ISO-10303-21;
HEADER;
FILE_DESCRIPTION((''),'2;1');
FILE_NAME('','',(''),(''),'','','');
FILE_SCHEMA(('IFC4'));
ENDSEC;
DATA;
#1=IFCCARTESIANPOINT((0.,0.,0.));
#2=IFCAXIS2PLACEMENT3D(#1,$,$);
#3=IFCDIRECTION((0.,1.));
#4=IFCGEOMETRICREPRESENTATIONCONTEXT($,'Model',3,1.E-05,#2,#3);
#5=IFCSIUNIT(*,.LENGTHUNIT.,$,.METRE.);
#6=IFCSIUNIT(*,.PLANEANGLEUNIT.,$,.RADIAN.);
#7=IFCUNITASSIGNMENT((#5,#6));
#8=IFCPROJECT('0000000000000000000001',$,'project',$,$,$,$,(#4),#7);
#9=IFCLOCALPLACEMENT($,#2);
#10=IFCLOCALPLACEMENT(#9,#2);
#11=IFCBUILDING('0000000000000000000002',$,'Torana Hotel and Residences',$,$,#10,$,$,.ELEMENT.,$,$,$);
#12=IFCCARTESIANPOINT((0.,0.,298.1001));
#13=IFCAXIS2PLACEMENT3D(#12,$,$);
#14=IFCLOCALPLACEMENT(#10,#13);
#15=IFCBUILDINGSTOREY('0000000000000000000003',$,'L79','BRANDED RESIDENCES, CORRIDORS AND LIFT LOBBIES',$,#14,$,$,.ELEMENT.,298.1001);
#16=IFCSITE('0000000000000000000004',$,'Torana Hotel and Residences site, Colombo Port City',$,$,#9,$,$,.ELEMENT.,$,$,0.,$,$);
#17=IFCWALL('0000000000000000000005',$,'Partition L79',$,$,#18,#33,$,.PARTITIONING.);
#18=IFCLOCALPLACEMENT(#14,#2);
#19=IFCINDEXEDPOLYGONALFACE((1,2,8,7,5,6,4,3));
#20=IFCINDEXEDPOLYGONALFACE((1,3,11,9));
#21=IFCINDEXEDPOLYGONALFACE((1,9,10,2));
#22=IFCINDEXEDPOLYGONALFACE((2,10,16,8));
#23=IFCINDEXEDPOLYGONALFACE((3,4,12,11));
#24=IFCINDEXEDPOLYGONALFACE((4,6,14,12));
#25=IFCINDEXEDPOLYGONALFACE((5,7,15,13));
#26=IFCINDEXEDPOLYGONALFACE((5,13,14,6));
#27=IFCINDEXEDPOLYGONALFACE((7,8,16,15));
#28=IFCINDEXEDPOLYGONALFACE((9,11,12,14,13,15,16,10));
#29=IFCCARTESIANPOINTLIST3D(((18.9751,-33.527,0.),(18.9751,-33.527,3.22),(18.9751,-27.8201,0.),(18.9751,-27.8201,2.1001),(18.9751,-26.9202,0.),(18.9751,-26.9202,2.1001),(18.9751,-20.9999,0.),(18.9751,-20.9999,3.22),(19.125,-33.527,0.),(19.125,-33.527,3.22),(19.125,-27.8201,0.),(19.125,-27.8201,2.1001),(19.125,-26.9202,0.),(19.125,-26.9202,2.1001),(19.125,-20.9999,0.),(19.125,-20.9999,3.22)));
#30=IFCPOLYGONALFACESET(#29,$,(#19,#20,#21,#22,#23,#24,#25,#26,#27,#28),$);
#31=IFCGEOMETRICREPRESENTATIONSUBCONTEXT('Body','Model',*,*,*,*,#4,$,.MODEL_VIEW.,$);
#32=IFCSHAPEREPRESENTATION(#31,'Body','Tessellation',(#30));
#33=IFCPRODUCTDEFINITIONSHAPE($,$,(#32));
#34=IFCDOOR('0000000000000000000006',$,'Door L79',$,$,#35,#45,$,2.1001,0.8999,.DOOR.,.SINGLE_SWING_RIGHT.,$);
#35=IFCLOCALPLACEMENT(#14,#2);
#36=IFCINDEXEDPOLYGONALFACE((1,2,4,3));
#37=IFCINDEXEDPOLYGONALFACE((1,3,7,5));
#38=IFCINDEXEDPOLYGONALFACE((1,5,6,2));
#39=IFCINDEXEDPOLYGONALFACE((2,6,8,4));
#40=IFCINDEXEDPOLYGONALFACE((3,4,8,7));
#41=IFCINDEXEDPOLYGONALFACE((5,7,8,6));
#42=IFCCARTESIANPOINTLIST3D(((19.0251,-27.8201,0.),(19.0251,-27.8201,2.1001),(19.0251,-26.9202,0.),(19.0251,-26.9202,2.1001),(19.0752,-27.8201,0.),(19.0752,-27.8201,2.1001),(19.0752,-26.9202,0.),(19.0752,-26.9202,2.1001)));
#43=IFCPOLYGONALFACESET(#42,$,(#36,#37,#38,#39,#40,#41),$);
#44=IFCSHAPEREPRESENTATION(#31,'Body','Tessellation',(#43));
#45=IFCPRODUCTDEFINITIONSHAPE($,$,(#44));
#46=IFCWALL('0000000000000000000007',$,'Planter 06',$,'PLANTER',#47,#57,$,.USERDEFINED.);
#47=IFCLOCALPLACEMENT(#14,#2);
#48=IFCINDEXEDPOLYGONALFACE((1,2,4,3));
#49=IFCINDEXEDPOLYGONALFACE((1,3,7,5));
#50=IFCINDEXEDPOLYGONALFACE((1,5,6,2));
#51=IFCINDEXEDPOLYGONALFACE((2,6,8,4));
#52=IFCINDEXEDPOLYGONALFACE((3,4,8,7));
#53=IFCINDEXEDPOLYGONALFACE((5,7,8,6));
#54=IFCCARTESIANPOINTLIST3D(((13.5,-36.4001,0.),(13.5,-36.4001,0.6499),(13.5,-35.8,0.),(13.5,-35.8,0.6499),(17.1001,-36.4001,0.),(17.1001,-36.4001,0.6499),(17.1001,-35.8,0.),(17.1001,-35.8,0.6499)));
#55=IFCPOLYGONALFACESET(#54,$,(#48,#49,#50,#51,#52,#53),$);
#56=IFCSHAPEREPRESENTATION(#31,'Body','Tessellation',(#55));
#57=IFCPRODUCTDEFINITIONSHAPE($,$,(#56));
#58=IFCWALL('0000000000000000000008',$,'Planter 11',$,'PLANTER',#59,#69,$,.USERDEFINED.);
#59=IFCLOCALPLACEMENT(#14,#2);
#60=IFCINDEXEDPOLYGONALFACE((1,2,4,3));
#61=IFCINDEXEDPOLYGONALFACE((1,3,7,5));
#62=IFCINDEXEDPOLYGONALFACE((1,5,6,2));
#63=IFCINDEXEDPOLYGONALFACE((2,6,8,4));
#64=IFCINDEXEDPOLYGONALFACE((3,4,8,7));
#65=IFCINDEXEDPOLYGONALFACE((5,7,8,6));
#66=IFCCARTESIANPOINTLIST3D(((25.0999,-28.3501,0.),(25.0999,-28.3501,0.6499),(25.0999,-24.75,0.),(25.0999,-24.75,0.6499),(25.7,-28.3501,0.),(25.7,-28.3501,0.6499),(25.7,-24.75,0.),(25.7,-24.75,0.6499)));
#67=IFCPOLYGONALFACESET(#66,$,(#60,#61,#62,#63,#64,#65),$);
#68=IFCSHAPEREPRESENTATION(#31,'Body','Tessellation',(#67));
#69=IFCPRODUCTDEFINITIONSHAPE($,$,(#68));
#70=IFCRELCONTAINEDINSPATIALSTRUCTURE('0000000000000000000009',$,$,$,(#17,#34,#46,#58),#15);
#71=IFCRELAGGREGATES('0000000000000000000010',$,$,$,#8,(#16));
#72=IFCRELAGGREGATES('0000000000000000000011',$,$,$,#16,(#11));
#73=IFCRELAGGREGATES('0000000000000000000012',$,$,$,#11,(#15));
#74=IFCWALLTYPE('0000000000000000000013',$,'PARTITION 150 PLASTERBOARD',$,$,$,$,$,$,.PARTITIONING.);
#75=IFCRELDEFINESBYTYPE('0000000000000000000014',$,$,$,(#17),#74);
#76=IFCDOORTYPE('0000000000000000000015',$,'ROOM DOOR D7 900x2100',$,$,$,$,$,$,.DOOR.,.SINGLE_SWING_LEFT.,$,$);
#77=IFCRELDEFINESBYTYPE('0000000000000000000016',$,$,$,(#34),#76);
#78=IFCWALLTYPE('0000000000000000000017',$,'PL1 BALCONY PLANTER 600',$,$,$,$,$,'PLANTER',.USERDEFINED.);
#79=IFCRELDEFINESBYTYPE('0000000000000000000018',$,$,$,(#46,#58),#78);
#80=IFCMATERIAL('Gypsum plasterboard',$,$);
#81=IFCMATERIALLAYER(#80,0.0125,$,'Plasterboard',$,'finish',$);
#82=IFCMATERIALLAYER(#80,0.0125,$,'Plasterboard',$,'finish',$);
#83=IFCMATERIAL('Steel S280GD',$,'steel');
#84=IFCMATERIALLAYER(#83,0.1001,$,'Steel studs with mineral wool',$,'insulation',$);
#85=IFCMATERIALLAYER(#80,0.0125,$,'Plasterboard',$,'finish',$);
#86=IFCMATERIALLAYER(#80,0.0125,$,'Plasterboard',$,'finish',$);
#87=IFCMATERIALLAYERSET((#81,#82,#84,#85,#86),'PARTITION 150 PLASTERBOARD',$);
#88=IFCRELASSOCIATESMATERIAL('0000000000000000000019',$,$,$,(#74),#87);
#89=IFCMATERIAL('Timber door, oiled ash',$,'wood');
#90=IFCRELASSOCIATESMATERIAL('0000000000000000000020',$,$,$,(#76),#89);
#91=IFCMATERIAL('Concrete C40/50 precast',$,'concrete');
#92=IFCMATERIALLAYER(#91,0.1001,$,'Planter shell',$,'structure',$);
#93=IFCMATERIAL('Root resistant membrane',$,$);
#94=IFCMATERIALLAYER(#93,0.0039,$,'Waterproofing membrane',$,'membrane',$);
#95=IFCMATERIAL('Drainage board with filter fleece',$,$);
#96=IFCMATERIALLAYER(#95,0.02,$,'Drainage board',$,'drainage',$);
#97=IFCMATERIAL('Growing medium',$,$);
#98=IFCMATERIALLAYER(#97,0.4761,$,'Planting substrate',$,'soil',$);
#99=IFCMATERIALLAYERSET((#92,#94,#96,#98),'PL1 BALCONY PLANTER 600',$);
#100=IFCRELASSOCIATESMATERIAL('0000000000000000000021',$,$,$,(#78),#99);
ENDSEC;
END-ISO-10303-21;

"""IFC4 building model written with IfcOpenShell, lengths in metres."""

from ifc_helpers import new_model, si_unit, direction, frame, frame_2d, origin, place, context, subcontext, project, spatial, rectangle, extrude, material, layer, layer_set, type_object, element, fill, save


model = new_model("IFC4")

# Units and contexts
model_context = context("Model", 3, precision=1e-05, world=origin(), true_north=direction((0.0, 1.0)))
body_context = subcontext(model_context, "Body", "Model", "MODEL_VIEW")
ifc_project = project(units=[si_unit("LENGTHUNIT", "METRE"), si_unit("PLANEANGLEUNIT", "RADIAN")], contexts=[model_context])

# Site, building, storey
site_placement = place(None, origin())
site = spatial("IfcSite", under=ifc_project, at=site_placement, Name="Torana Hotel and Residences site, Colombo Port City", CompositionType="ELEMENT", RefElevation=0.0)
building_placement = place(site_placement, origin())
building = spatial("IfcBuilding", under=site, at=building_placement, Name="Torana Hotel and Residences", CompositionType="ELEMENT")
storey_placement = place(building_placement, frame((0.0, 0.0, 298.1001)))
storey = spatial("IfcBuildingStorey", under=building, at=storey_placement, Name="L79", Description="BRANDED RESIDENCES, CORRIDORS AND LIFT LOBBIES", CompositionType="ELEMENT", Elevation=298.1001)

# Shared definitions
ifc_material_1 = material(Name="Steel S280GD", Category="steel")

# Wall, opening, door
ifc_material_2 = material(Name="Gypsum plasterboard")
ifc_layer_1 = layer(ifc_material_2, 0.0125, Name="Plasterboard", Category="finish")
ifc_layer_2 = layer(ifc_material_2, 0.0125, Name="Plasterboard", Category="finish")
ifc_layer_3 = layer(ifc_material_1, 0.1001, Name="Steel studs with mineral wool", Category="insulation")
ifc_layer_4 = layer(ifc_material_2, 0.0125, Name="Plasterboard", Category="finish")
ifc_layer_5 = layer(ifc_material_2, 0.0125, Name="Plasterboard", Category="finish")
ifc_layer_set_1 = layer_set([ifc_layer_1, ifc_layer_2, ifc_layer_3, ifc_layer_4, ifc_layer_5], Name="PARTITION 150 PLASTERBOARD")
wall_type_1 = type_object("IfcWallType", Name="PARTITION 150 PLASTERBOARD", PredefinedType="PARTITIONING", material=ifc_layer_set_1)
ifc_material_3 = material(Name="Timber door, oiled ash", Category="wood")
door_type_1 = type_object("IfcDoorType", Name="ROOM DOOR D7 900x2100", OperationType="SINGLE_SWING_LEFT", PredefinedType="DOOR", material=ifc_material_3)
wall_1_placement = place(storey_placement, frame((19.05, -33.5271, 0.0), z_axis=(0.0, 0.0, 1.0), x_axis=(0.0, 1.0, 0.0)))
wall_1 = element("IfcWall", 1, at=wall_1_placement, inside=storey, type_object=wall_type_1, Name="Partition L79", PredefinedType="PARTITIONING", context=body_context, shape_type="SweptSolid", body=[
    extrude(rectangle(XDim=12.5271, YDim=0.1499, at=frame_2d((6.2637, 0.0))), origin(), (0.0, 0.0, 1.0), 3.22),
])
opening_1_placement = place(wall_1_placement, frame((5.707, 0.0, 0.0)))
opening_1 = element("IfcOpeningElement", 2, at=opening_1_placement, cuts=wall_1, PredefinedType="OPENING", context=body_context, shape_type="SweptSolid", body=[
    extrude(rectangle(XDim=0.8999, YDim=2.1001, at=frame_2d((0.45, 1.05))), frame((0.0, 0.085, 0.0), z_axis=(0.0, -1.0, 0.0), x_axis=(1.0, 0.0, 0.0)), (0.0, 0.0, 1.0), 0.1699),
])
door_1_placement = place(opening_1_placement, origin())
door_1 = element("IfcDoor", 3, at=door_1_placement, inside=storey, type_object=door_type_1, Name="Door L79", OperationType="SINGLE_SWING_RIGHT", OverallHeight=2.1001, OverallWidth=0.8999, PredefinedType="DOOR", context=body_context, shape_type="SweptSolid", body=[
    extrude(rectangle(XDim=0.8999, YDim=2.1001, at=frame_2d((0.45, 1.05))), frame((0.0, 0.0249, 0.0), z_axis=(0.0, -1.0, 0.0), x_axis=(1.0, 0.0, 0.0)), (0.0, 0.0, 1.0), 0.05),
])
fill(opening_1, door_1)

# Walls
ifc_material_4 = material(Name="Concrete C40/50 precast", Category="concrete")
ifc_layer_6 = layer(ifc_material_4, 0.1001, Name="Planter shell", Category="structure")
ifc_material_5 = material(Name="Root resistant membrane")
ifc_layer_7 = layer(ifc_material_5, 0.0039, Name="Waterproofing membrane", Category="membrane")
ifc_material_6 = material(Name="Drainage board with filter fleece")
ifc_layer_8 = layer(ifc_material_6, 0.02, Name="Drainage board", Category="drainage")
ifc_material_7 = material(Name="Growing medium")
ifc_layer_9 = layer(ifc_material_7, 0.4761, Name="Planting substrate", Category="soil")
ifc_layer_set_2 = layer_set([ifc_layer_6, ifc_layer_7, ifc_layer_8, ifc_layer_9], Name="PL1 BALCONY PLANTER 600")
wall_type_2 = type_object("IfcWallType", Name="PL1 BALCONY PLANTER 600", ElementType="PLANTER", PredefinedType="USERDEFINED", material=ifc_layer_set_2)
for number, where, z_axis, x_axis, name in (
    (4, (17.1001, -36.1001, 0.0), (0.0, 0.0, 1.0), (-1.0, 0.0, 0.0), "Planter 06"),
    (5, (25.3999, -24.75, 0.0), (0.0, 0.0, 1.0), (0.0, -1.0, 0.0), "Planter 11"),
):
    element("IfcWall", number, at=place(storey_placement, frame(where, z_axis=z_axis, x_axis=x_axis)), inside=storey, type_object=wall_type_2, Name=name, ObjectType="PLANTER", PredefinedType="USERDEFINED", context=body_context, shape_type="SweptSolid", body=[
        extrude(rectangle(XDim=3.6001, YDim=0.6001, at=frame_2d((1.8, 0.0))), origin(), (0.0, 0.0, 1.0), 0.6499),
    ])

save(model, "model.ifc")
